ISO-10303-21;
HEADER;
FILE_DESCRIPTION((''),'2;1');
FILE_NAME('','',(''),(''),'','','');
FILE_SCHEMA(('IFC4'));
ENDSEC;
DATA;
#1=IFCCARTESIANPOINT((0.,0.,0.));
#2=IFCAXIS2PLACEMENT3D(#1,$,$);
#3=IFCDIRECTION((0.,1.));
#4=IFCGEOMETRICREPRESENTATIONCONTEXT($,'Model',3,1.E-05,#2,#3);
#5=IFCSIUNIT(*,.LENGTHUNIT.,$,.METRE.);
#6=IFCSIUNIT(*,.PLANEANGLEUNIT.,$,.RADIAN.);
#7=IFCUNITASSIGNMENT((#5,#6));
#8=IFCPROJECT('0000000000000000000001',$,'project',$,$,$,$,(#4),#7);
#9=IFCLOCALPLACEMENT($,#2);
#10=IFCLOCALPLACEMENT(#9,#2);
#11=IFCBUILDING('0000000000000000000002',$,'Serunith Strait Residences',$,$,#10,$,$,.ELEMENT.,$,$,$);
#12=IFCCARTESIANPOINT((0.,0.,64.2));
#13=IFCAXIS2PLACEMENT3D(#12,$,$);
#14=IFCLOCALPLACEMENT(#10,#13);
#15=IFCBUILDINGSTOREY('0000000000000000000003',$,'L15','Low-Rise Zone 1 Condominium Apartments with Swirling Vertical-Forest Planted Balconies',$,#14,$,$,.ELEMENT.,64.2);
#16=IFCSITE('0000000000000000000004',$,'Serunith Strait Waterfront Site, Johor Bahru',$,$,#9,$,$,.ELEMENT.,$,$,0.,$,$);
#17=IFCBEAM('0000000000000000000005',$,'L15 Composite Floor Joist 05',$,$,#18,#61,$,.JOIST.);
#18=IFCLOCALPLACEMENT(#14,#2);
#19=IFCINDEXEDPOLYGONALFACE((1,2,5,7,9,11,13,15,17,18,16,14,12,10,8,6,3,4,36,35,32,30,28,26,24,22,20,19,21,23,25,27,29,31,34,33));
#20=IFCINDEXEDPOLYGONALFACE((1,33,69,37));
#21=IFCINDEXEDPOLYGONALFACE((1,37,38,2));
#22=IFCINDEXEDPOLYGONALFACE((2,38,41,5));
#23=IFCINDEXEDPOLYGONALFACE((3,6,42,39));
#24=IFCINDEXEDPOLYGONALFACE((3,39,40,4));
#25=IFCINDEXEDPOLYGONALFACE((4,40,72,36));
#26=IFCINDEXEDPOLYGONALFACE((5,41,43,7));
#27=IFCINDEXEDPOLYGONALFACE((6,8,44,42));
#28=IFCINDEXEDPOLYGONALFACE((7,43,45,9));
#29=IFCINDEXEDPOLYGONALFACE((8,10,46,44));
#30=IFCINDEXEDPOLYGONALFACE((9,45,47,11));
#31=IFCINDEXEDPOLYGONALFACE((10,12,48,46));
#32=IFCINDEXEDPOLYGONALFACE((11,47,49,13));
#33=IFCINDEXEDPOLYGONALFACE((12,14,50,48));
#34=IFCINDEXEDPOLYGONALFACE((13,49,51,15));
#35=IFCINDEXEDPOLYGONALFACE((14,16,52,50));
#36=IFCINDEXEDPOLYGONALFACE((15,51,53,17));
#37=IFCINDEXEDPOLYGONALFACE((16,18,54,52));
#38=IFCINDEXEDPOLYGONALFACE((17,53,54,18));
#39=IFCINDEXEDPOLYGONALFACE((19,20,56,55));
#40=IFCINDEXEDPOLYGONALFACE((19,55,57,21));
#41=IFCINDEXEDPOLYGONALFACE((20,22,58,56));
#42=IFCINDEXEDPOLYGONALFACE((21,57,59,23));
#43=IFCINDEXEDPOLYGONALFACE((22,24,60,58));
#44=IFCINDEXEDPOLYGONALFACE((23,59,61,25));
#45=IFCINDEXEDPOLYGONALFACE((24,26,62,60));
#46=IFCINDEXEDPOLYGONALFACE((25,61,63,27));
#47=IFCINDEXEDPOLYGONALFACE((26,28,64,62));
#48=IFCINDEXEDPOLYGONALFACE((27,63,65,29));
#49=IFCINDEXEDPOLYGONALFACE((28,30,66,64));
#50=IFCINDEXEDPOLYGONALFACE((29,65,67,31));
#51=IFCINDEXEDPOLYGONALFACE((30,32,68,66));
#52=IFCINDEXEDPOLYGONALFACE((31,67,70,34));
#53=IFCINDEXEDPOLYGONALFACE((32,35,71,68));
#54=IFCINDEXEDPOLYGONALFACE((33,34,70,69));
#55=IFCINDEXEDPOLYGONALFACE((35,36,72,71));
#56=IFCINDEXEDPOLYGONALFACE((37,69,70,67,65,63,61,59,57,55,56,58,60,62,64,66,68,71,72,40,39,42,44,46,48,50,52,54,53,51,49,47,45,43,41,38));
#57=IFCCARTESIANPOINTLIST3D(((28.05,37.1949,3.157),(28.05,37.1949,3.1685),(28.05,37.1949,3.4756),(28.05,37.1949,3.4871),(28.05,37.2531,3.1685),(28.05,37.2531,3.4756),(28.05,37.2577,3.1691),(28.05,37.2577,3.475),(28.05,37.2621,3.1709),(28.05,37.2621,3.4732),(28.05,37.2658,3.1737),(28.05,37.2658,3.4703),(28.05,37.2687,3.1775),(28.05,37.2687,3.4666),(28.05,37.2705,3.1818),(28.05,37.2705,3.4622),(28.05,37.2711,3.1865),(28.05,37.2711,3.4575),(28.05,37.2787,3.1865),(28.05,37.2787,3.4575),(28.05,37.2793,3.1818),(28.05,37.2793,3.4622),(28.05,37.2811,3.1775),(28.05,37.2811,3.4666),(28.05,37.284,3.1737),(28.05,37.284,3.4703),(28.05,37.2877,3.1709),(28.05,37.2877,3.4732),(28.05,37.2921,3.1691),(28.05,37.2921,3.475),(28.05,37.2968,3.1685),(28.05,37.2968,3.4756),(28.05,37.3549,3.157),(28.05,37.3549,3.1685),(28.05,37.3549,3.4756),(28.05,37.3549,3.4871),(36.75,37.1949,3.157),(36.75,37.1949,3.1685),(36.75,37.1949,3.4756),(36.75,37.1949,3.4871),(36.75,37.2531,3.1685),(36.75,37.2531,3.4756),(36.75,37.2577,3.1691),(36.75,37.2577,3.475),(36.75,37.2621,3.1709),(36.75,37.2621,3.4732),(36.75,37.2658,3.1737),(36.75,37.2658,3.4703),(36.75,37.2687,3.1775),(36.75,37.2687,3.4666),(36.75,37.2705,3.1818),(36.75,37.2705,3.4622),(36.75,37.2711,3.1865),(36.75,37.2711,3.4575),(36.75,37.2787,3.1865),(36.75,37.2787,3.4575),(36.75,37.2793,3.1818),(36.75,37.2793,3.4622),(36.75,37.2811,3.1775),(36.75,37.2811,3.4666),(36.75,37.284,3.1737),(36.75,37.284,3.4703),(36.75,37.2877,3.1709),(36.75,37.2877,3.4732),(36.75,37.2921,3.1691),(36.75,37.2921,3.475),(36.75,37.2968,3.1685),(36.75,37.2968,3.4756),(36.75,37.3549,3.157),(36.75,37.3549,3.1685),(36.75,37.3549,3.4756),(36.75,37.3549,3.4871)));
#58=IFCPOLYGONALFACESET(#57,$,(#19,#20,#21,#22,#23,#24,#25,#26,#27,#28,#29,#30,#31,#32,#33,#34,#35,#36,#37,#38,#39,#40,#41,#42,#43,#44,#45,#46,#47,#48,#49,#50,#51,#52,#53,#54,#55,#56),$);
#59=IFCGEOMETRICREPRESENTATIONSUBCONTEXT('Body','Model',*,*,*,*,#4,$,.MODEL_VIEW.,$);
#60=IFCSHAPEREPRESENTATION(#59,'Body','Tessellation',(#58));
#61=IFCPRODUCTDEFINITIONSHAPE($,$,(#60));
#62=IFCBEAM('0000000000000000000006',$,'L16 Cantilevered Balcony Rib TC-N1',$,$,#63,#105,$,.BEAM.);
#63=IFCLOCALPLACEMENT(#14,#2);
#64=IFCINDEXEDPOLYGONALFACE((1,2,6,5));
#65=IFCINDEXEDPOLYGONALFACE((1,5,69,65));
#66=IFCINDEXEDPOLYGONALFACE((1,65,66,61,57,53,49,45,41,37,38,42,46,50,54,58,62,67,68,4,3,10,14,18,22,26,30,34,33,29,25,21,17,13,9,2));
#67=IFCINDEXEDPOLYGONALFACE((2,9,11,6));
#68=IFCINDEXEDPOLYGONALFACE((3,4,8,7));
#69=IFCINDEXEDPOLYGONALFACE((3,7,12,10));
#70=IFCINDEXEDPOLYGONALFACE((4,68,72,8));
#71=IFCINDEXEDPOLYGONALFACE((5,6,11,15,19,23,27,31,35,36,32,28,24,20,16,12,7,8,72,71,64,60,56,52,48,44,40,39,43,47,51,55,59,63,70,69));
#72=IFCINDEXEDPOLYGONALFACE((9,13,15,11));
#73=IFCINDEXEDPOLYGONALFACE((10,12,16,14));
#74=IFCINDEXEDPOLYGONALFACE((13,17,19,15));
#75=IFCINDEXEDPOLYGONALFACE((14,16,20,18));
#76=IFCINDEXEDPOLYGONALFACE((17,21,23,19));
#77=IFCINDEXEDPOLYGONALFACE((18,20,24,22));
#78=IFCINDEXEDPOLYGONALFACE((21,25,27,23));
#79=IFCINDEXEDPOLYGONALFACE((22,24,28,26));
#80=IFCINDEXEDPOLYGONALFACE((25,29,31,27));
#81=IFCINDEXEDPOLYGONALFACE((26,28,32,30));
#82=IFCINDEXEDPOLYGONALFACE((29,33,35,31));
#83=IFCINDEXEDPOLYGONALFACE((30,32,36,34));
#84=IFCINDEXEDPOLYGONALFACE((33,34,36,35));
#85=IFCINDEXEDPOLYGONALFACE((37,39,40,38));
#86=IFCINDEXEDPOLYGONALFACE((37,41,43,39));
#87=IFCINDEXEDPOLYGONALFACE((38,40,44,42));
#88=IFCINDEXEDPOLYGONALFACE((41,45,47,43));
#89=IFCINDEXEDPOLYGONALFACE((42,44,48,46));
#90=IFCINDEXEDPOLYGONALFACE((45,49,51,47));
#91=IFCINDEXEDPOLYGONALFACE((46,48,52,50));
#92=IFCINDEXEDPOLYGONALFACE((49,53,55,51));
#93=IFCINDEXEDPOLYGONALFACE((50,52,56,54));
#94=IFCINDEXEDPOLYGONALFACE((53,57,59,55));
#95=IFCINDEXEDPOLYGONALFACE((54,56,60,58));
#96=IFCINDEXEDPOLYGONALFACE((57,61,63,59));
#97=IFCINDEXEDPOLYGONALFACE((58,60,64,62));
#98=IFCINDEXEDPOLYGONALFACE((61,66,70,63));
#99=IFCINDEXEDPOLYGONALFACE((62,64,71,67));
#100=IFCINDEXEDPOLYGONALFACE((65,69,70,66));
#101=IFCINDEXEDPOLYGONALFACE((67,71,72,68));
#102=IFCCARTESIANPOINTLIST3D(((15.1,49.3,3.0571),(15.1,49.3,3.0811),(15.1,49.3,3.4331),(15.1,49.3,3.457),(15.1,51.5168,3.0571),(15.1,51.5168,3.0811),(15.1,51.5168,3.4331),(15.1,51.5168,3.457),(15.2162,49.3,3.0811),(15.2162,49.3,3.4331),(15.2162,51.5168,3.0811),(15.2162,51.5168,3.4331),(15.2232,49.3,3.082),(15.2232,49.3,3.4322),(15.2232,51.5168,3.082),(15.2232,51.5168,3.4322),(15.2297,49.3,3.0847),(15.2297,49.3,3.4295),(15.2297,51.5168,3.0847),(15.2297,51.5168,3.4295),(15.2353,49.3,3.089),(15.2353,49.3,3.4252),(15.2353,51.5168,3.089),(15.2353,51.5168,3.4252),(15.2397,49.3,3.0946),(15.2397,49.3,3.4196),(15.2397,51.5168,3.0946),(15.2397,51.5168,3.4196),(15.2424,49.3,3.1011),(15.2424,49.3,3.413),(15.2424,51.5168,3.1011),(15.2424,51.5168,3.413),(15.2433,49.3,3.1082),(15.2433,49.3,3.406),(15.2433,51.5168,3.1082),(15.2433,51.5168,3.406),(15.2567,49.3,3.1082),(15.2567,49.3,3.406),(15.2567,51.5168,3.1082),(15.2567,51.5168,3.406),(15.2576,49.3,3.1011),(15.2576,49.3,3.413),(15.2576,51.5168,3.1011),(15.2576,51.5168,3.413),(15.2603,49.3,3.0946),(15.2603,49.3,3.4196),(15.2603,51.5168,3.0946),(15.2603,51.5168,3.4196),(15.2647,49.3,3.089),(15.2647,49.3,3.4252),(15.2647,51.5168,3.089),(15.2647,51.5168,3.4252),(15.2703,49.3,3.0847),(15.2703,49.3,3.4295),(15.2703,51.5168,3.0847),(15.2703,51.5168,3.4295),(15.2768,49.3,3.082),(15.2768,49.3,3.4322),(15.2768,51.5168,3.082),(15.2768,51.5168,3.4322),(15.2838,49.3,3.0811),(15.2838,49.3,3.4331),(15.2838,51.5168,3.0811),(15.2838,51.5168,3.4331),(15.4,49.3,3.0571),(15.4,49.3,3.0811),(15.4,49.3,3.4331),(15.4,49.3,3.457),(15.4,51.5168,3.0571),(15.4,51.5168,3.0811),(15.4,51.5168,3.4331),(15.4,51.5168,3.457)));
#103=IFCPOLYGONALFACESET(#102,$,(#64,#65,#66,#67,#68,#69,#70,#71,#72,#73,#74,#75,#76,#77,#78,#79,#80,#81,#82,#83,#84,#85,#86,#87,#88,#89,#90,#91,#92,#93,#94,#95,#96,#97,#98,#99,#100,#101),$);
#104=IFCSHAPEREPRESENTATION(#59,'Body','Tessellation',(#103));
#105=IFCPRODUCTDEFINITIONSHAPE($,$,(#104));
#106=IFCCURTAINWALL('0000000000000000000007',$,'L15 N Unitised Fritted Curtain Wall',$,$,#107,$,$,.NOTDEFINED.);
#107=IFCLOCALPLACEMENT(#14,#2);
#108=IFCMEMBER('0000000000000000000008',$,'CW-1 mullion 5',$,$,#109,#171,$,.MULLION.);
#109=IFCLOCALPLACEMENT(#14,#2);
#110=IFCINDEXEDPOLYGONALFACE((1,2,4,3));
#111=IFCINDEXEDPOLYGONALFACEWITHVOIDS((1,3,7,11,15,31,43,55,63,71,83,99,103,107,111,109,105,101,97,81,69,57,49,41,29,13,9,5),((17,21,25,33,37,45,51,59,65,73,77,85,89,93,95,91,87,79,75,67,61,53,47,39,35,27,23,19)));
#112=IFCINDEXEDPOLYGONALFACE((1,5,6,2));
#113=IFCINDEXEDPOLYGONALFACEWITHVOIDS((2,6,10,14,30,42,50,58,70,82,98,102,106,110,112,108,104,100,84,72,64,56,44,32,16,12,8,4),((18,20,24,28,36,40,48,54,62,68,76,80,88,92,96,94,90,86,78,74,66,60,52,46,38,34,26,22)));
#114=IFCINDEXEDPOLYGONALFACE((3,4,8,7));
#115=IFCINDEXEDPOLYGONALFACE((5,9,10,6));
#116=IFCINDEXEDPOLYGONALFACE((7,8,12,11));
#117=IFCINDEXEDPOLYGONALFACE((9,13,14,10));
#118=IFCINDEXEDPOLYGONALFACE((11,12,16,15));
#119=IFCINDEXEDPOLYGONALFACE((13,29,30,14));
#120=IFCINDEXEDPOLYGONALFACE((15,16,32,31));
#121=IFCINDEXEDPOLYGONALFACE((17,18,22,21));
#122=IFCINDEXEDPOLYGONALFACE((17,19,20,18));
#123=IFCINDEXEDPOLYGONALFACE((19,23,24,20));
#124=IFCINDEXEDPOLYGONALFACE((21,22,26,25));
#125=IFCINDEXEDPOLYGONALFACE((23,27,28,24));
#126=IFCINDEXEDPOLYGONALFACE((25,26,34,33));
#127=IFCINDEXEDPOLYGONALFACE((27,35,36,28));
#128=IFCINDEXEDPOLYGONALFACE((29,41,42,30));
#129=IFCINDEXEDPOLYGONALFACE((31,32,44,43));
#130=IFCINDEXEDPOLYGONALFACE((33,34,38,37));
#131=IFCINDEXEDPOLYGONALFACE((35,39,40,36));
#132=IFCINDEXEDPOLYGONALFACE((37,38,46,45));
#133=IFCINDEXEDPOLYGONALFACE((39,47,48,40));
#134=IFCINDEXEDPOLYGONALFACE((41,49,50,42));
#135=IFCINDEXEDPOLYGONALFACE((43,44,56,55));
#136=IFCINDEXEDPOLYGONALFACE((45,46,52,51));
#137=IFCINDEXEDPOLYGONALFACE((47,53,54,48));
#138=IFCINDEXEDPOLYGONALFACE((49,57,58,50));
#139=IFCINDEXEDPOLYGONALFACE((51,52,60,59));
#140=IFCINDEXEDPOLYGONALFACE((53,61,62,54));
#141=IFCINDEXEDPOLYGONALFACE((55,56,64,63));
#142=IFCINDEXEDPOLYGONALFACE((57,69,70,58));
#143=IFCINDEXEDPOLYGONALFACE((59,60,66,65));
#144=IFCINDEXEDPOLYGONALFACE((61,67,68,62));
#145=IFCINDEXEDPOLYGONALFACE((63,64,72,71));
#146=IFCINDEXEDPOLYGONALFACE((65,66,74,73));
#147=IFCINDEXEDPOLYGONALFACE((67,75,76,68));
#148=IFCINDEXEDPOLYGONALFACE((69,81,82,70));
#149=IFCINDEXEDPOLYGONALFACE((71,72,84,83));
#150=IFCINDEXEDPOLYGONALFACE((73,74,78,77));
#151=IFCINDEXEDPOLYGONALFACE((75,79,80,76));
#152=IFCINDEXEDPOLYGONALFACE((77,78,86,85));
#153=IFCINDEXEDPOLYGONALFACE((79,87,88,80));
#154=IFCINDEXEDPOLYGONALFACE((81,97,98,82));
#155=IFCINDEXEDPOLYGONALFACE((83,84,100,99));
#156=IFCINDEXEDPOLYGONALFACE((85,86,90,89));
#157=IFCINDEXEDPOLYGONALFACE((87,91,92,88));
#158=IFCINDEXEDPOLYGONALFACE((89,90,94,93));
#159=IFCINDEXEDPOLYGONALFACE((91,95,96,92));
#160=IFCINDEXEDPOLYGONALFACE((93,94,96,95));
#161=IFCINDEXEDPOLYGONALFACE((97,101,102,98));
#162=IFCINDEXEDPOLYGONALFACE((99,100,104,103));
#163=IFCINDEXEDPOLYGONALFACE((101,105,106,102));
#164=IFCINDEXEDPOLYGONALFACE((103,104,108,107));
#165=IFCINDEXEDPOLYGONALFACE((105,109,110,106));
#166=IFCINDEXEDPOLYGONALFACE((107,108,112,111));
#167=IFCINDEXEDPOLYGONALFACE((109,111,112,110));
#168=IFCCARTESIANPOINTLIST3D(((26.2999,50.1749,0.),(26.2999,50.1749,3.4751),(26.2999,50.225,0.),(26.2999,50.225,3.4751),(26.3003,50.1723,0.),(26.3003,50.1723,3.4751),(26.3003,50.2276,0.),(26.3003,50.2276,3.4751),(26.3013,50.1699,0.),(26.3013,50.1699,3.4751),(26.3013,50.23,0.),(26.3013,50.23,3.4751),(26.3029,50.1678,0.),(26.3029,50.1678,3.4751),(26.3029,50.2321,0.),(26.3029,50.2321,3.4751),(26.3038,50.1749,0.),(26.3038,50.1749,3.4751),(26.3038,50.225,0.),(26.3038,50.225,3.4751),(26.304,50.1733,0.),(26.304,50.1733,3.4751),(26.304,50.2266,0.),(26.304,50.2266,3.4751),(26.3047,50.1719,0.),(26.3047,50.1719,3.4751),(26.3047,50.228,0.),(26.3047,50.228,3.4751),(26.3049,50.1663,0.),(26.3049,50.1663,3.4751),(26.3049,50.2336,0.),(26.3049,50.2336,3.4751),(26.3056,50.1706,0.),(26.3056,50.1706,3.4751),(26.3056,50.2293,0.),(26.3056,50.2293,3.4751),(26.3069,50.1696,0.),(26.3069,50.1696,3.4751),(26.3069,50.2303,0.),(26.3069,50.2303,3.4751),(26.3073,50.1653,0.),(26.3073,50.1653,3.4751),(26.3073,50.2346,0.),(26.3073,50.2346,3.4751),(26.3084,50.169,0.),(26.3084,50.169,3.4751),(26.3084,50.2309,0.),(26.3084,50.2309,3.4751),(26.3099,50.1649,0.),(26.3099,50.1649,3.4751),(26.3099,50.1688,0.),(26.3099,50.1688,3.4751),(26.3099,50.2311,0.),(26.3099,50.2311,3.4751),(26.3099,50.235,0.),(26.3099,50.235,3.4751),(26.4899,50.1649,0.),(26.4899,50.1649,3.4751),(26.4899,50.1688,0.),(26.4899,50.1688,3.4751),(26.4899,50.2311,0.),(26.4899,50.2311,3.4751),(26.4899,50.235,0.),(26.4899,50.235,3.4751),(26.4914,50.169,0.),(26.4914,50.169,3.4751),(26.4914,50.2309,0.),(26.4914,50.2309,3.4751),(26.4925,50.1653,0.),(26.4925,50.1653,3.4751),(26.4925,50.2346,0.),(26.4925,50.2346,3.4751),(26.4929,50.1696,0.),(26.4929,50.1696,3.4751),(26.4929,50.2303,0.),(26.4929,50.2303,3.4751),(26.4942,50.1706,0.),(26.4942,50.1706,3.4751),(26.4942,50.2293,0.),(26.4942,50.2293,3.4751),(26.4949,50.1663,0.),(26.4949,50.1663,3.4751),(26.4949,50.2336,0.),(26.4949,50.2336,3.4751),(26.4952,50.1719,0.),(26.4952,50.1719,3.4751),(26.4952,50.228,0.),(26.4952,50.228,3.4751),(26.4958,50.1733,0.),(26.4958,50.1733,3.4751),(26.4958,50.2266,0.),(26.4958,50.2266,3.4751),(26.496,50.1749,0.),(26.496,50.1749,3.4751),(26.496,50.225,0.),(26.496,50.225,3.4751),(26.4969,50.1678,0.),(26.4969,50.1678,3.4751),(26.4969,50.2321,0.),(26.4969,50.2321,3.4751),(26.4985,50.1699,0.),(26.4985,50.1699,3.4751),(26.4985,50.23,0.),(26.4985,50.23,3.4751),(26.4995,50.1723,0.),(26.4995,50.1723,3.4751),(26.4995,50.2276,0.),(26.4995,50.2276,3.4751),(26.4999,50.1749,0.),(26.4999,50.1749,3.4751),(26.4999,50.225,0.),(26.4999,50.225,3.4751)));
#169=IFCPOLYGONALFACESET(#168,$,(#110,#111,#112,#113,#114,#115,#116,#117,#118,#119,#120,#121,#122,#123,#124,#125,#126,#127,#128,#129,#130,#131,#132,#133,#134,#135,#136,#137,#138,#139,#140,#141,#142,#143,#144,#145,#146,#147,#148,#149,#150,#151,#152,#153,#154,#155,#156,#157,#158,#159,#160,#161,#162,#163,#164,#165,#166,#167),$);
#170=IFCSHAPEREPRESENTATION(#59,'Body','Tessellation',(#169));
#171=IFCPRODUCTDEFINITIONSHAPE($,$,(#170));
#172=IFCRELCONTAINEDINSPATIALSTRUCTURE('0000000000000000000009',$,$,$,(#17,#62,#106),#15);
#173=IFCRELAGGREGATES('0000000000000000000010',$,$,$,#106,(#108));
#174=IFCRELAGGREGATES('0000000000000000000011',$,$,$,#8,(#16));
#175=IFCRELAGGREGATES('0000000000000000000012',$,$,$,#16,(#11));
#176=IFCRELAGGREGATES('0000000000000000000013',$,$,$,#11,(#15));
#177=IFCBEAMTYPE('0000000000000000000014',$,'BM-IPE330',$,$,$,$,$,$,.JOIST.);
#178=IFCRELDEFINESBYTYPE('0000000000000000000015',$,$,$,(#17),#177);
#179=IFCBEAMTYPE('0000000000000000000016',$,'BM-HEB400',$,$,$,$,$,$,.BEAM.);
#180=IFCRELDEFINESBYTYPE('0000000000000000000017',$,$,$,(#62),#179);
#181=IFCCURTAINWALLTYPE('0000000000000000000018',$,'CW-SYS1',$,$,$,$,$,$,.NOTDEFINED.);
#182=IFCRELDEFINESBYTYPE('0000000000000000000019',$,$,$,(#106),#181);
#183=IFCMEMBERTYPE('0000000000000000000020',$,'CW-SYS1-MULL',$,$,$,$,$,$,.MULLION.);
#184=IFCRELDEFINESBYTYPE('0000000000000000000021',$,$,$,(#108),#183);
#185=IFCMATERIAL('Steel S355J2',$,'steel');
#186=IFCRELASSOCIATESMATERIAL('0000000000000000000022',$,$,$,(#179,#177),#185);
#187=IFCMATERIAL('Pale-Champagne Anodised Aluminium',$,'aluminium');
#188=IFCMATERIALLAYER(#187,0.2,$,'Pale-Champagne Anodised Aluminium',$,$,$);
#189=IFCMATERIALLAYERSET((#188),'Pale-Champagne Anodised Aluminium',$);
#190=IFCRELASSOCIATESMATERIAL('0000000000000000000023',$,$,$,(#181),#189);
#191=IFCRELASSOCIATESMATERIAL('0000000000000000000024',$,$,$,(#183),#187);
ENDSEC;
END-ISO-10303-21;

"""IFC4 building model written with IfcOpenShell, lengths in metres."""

from ifc_helpers import new_model, si_unit, direction, frame, origin, origin_2d, place, context, subcontext, project, spatial, hollow_rectangle, i_section, extrude, source, transform, mapped, material, layer, layer_set, material_profile, profile_set, type_object, element, aggregate, save


model = new_model("IFC4")

# Units and contexts
model_context = context("Model", 3, precision=1e-05, world=origin(), true_north=direction((0.0, 1.0)))
body_context = subcontext(model_context, "Body", "Model", "MODEL_VIEW")
ifc_project = project(units=[si_unit("LENGTHUNIT", "METRE"), si_unit("PLANEANGLEUNIT", "RADIAN")], contexts=[model_context])

# Site, building, storey
site_placement = place(None, origin())
site = spatial("IfcSite", under=ifc_project, at=site_placement, Name="Serunith Strait Waterfront Site, Johor Bahru", CompositionType="ELEMENT", RefElevation=0.0)
building_placement = place(site_placement, origin())
building = spatial("IfcBuilding", under=site, at=building_placement, Name="Serunith Strait Residences", CompositionType="ELEMENT")
storey_placement = place(building_placement, frame((0.0, 0.0, 64.2)))
storey = spatial("IfcBuildingStorey", under=building, at=storey_placement, Name="L15", Description="Low-Rise Zone 1 Condominium Apartments with Swirling Vertical-Forest Planted Balconies", CompositionType="ELEMENT", Elevation=64.2)

# Beams
ifc_material_1 = material(Name="Steel S355J2", Category="steel")
ifc_material_profile_1 = material_profile(ifc_material_1, i_section(OverallWidth=0.3, OverallDepth=0.3999, WebThickness=0.0134, FlangeThickness=0.0239, FilletRadius=0.0271, at=origin_2d()), Name="HEB 400")
ifc_profile_set_1 = profile_set([ifc_material_profile_1], Name="Steel S355J2")
beam_type_1 = type_object("IfcBeamType", Name="BM-HEB400", PredefinedType="BEAM", material=ifc_profile_set_1)
ifc_material_profile_2 = material_profile(ifc_material_1, i_section(OverallWidth=0.1599, OverallDepth=0.3301, WebThickness=0.0076, FlangeThickness=0.0115, FilletRadius=0.0181, at=origin_2d()), Name="IPE 330")
ifc_profile_set_2 = profile_set([ifc_material_profile_2], Name="Steel S355J2")
beam_type_2 = type_object("IfcBeamType", Name="BM-IPE330", PredefinedType="JOIST", material=ifc_profile_set_2)
shared_shape_1 = source(origin(), body_context, "Body", "SweptSolid", [
    extrude(i_section(OverallWidth=0.1599, OverallDepth=0.3301, WebThickness=0.0076, FlangeThickness=0.0115, FilletRadius=0.0181, at=origin_2d()), origin(), (0.0, 0.0, 1.0), 8.7),
])
beam_1_placement = place(storey_placement, frame((28.05, 37.2749, 3.322), z_axis=(1.0, 0.0, 0.0), x_axis=(0.0, 1.0, 0.0)))
element("IfcBeam", 1, at=beam_1_placement, inside=storey, type_object=beam_type_2, Name="L15 Composite Floor Joist 05", PredefinedType="JOIST", context=body_context, shape_type="MappedRepresentation", body=[
    mapped(shared_shape_1, transform((0.0, 0.0, 0.0), scale=1.0)),
])
shared_shape_2 = source(origin(), body_context, "Body", "SweptSolid", [
    extrude(i_section(OverallWidth=0.3, OverallDepth=0.3999, WebThickness=0.0134, FlangeThickness=0.0239, FilletRadius=0.0271, at=origin_2d()), origin(), (0.0, 0.0, 1.0), 2.2168),
])
beam_2_placement = place(storey_placement, frame((15.25, 49.3, 3.2571), z_axis=(0.0, 1.0, 0.0), x_axis=(-1.0, 0.0, 0.0)))
element("IfcBeam", 2, at=beam_2_placement, inside=storey, type_object=beam_type_1, Name="L16 Cantilevered Balcony Rib TC-N1", PredefinedType="BEAM", context=body_context, shape_type="MappedRepresentation", body=[
    mapped(shared_shape_2, transform((0.0, 0.0, 0.0), scale=1.0)),
])

# Curtain wall, member
ifc_material_2 = material(Name="Pale-Champagne Anodised Aluminium", Category="aluminium")
ifc_layer_1 = layer(ifc_material_2, 0.2, Name="Pale-Champagne Anodised Aluminium")
ifc_layer_set_1 = layer_set([ifc_layer_1], Name="Pale-Champagne Anodised Aluminium")
curtain_wall_type = type_object("IfcCurtainWallType", Name="CW-SYS1", PredefinedType="NOTDEFINED", material=ifc_layer_set_1)
curtain_wall_placement = place(storey_placement, origin())
curtain_wall = element("IfcCurtainWall", 3, at=curtain_wall_placement, inside=storey, type_object=curtain_wall_type, Name="L15 N Unitised Fritted Curtain Wall", PredefinedType="NOTDEFINED")
ifc_material_profile_3 = material_profile(ifc_material_2, hollow_rectangle(XDim=0.0701, YDim=0.2, WallThickness=0.0039, InnerFilletRadius=0.0061, OuterFilletRadius=0.01, at=origin_2d()), Name="ALU 200x70x4")
ifc_profile_set_3 = profile_set([ifc_material_profile_3], Name="Pale-Champagne Anodised Aluminium")
member_type_1 = type_object("IfcMemberType", Name="CW-SYS1-MULL", PredefinedType="MULLION", material=ifc_profile_set_3)
shared_shape_3 = source(origin(), body_context, "Body", "SweptSolid", [
    extrude(hollow_rectangle(XDim=0.0701, YDim=0.2, WallThickness=0.0039, InnerFilletRadius=0.0061, OuterFilletRadius=0.01, at=origin_2d()), origin(), (0.0, 0.0, 1.0), 3.4751),
])
member_1_placement = place(storey_placement, frame((26.3999, 50.2, 0.0), z_axis=(0.0, 0.0, 1.0), x_axis=(0.0, -1.0, 0.0)))
member_1 = element("IfcMember", 4, at=member_1_placement, type_object=member_type_1, Name="CW-1 mullion 5", PredefinedType="MULLION", context=body_context, shape_type="MappedRepresentation", body=[
    mapped(shared_shape_3, transform((0.0, 0.0, 0.0), scale=1.0)),
])
aggregate(curtain_wall, [member_1])

save(model, "model.ifc")
